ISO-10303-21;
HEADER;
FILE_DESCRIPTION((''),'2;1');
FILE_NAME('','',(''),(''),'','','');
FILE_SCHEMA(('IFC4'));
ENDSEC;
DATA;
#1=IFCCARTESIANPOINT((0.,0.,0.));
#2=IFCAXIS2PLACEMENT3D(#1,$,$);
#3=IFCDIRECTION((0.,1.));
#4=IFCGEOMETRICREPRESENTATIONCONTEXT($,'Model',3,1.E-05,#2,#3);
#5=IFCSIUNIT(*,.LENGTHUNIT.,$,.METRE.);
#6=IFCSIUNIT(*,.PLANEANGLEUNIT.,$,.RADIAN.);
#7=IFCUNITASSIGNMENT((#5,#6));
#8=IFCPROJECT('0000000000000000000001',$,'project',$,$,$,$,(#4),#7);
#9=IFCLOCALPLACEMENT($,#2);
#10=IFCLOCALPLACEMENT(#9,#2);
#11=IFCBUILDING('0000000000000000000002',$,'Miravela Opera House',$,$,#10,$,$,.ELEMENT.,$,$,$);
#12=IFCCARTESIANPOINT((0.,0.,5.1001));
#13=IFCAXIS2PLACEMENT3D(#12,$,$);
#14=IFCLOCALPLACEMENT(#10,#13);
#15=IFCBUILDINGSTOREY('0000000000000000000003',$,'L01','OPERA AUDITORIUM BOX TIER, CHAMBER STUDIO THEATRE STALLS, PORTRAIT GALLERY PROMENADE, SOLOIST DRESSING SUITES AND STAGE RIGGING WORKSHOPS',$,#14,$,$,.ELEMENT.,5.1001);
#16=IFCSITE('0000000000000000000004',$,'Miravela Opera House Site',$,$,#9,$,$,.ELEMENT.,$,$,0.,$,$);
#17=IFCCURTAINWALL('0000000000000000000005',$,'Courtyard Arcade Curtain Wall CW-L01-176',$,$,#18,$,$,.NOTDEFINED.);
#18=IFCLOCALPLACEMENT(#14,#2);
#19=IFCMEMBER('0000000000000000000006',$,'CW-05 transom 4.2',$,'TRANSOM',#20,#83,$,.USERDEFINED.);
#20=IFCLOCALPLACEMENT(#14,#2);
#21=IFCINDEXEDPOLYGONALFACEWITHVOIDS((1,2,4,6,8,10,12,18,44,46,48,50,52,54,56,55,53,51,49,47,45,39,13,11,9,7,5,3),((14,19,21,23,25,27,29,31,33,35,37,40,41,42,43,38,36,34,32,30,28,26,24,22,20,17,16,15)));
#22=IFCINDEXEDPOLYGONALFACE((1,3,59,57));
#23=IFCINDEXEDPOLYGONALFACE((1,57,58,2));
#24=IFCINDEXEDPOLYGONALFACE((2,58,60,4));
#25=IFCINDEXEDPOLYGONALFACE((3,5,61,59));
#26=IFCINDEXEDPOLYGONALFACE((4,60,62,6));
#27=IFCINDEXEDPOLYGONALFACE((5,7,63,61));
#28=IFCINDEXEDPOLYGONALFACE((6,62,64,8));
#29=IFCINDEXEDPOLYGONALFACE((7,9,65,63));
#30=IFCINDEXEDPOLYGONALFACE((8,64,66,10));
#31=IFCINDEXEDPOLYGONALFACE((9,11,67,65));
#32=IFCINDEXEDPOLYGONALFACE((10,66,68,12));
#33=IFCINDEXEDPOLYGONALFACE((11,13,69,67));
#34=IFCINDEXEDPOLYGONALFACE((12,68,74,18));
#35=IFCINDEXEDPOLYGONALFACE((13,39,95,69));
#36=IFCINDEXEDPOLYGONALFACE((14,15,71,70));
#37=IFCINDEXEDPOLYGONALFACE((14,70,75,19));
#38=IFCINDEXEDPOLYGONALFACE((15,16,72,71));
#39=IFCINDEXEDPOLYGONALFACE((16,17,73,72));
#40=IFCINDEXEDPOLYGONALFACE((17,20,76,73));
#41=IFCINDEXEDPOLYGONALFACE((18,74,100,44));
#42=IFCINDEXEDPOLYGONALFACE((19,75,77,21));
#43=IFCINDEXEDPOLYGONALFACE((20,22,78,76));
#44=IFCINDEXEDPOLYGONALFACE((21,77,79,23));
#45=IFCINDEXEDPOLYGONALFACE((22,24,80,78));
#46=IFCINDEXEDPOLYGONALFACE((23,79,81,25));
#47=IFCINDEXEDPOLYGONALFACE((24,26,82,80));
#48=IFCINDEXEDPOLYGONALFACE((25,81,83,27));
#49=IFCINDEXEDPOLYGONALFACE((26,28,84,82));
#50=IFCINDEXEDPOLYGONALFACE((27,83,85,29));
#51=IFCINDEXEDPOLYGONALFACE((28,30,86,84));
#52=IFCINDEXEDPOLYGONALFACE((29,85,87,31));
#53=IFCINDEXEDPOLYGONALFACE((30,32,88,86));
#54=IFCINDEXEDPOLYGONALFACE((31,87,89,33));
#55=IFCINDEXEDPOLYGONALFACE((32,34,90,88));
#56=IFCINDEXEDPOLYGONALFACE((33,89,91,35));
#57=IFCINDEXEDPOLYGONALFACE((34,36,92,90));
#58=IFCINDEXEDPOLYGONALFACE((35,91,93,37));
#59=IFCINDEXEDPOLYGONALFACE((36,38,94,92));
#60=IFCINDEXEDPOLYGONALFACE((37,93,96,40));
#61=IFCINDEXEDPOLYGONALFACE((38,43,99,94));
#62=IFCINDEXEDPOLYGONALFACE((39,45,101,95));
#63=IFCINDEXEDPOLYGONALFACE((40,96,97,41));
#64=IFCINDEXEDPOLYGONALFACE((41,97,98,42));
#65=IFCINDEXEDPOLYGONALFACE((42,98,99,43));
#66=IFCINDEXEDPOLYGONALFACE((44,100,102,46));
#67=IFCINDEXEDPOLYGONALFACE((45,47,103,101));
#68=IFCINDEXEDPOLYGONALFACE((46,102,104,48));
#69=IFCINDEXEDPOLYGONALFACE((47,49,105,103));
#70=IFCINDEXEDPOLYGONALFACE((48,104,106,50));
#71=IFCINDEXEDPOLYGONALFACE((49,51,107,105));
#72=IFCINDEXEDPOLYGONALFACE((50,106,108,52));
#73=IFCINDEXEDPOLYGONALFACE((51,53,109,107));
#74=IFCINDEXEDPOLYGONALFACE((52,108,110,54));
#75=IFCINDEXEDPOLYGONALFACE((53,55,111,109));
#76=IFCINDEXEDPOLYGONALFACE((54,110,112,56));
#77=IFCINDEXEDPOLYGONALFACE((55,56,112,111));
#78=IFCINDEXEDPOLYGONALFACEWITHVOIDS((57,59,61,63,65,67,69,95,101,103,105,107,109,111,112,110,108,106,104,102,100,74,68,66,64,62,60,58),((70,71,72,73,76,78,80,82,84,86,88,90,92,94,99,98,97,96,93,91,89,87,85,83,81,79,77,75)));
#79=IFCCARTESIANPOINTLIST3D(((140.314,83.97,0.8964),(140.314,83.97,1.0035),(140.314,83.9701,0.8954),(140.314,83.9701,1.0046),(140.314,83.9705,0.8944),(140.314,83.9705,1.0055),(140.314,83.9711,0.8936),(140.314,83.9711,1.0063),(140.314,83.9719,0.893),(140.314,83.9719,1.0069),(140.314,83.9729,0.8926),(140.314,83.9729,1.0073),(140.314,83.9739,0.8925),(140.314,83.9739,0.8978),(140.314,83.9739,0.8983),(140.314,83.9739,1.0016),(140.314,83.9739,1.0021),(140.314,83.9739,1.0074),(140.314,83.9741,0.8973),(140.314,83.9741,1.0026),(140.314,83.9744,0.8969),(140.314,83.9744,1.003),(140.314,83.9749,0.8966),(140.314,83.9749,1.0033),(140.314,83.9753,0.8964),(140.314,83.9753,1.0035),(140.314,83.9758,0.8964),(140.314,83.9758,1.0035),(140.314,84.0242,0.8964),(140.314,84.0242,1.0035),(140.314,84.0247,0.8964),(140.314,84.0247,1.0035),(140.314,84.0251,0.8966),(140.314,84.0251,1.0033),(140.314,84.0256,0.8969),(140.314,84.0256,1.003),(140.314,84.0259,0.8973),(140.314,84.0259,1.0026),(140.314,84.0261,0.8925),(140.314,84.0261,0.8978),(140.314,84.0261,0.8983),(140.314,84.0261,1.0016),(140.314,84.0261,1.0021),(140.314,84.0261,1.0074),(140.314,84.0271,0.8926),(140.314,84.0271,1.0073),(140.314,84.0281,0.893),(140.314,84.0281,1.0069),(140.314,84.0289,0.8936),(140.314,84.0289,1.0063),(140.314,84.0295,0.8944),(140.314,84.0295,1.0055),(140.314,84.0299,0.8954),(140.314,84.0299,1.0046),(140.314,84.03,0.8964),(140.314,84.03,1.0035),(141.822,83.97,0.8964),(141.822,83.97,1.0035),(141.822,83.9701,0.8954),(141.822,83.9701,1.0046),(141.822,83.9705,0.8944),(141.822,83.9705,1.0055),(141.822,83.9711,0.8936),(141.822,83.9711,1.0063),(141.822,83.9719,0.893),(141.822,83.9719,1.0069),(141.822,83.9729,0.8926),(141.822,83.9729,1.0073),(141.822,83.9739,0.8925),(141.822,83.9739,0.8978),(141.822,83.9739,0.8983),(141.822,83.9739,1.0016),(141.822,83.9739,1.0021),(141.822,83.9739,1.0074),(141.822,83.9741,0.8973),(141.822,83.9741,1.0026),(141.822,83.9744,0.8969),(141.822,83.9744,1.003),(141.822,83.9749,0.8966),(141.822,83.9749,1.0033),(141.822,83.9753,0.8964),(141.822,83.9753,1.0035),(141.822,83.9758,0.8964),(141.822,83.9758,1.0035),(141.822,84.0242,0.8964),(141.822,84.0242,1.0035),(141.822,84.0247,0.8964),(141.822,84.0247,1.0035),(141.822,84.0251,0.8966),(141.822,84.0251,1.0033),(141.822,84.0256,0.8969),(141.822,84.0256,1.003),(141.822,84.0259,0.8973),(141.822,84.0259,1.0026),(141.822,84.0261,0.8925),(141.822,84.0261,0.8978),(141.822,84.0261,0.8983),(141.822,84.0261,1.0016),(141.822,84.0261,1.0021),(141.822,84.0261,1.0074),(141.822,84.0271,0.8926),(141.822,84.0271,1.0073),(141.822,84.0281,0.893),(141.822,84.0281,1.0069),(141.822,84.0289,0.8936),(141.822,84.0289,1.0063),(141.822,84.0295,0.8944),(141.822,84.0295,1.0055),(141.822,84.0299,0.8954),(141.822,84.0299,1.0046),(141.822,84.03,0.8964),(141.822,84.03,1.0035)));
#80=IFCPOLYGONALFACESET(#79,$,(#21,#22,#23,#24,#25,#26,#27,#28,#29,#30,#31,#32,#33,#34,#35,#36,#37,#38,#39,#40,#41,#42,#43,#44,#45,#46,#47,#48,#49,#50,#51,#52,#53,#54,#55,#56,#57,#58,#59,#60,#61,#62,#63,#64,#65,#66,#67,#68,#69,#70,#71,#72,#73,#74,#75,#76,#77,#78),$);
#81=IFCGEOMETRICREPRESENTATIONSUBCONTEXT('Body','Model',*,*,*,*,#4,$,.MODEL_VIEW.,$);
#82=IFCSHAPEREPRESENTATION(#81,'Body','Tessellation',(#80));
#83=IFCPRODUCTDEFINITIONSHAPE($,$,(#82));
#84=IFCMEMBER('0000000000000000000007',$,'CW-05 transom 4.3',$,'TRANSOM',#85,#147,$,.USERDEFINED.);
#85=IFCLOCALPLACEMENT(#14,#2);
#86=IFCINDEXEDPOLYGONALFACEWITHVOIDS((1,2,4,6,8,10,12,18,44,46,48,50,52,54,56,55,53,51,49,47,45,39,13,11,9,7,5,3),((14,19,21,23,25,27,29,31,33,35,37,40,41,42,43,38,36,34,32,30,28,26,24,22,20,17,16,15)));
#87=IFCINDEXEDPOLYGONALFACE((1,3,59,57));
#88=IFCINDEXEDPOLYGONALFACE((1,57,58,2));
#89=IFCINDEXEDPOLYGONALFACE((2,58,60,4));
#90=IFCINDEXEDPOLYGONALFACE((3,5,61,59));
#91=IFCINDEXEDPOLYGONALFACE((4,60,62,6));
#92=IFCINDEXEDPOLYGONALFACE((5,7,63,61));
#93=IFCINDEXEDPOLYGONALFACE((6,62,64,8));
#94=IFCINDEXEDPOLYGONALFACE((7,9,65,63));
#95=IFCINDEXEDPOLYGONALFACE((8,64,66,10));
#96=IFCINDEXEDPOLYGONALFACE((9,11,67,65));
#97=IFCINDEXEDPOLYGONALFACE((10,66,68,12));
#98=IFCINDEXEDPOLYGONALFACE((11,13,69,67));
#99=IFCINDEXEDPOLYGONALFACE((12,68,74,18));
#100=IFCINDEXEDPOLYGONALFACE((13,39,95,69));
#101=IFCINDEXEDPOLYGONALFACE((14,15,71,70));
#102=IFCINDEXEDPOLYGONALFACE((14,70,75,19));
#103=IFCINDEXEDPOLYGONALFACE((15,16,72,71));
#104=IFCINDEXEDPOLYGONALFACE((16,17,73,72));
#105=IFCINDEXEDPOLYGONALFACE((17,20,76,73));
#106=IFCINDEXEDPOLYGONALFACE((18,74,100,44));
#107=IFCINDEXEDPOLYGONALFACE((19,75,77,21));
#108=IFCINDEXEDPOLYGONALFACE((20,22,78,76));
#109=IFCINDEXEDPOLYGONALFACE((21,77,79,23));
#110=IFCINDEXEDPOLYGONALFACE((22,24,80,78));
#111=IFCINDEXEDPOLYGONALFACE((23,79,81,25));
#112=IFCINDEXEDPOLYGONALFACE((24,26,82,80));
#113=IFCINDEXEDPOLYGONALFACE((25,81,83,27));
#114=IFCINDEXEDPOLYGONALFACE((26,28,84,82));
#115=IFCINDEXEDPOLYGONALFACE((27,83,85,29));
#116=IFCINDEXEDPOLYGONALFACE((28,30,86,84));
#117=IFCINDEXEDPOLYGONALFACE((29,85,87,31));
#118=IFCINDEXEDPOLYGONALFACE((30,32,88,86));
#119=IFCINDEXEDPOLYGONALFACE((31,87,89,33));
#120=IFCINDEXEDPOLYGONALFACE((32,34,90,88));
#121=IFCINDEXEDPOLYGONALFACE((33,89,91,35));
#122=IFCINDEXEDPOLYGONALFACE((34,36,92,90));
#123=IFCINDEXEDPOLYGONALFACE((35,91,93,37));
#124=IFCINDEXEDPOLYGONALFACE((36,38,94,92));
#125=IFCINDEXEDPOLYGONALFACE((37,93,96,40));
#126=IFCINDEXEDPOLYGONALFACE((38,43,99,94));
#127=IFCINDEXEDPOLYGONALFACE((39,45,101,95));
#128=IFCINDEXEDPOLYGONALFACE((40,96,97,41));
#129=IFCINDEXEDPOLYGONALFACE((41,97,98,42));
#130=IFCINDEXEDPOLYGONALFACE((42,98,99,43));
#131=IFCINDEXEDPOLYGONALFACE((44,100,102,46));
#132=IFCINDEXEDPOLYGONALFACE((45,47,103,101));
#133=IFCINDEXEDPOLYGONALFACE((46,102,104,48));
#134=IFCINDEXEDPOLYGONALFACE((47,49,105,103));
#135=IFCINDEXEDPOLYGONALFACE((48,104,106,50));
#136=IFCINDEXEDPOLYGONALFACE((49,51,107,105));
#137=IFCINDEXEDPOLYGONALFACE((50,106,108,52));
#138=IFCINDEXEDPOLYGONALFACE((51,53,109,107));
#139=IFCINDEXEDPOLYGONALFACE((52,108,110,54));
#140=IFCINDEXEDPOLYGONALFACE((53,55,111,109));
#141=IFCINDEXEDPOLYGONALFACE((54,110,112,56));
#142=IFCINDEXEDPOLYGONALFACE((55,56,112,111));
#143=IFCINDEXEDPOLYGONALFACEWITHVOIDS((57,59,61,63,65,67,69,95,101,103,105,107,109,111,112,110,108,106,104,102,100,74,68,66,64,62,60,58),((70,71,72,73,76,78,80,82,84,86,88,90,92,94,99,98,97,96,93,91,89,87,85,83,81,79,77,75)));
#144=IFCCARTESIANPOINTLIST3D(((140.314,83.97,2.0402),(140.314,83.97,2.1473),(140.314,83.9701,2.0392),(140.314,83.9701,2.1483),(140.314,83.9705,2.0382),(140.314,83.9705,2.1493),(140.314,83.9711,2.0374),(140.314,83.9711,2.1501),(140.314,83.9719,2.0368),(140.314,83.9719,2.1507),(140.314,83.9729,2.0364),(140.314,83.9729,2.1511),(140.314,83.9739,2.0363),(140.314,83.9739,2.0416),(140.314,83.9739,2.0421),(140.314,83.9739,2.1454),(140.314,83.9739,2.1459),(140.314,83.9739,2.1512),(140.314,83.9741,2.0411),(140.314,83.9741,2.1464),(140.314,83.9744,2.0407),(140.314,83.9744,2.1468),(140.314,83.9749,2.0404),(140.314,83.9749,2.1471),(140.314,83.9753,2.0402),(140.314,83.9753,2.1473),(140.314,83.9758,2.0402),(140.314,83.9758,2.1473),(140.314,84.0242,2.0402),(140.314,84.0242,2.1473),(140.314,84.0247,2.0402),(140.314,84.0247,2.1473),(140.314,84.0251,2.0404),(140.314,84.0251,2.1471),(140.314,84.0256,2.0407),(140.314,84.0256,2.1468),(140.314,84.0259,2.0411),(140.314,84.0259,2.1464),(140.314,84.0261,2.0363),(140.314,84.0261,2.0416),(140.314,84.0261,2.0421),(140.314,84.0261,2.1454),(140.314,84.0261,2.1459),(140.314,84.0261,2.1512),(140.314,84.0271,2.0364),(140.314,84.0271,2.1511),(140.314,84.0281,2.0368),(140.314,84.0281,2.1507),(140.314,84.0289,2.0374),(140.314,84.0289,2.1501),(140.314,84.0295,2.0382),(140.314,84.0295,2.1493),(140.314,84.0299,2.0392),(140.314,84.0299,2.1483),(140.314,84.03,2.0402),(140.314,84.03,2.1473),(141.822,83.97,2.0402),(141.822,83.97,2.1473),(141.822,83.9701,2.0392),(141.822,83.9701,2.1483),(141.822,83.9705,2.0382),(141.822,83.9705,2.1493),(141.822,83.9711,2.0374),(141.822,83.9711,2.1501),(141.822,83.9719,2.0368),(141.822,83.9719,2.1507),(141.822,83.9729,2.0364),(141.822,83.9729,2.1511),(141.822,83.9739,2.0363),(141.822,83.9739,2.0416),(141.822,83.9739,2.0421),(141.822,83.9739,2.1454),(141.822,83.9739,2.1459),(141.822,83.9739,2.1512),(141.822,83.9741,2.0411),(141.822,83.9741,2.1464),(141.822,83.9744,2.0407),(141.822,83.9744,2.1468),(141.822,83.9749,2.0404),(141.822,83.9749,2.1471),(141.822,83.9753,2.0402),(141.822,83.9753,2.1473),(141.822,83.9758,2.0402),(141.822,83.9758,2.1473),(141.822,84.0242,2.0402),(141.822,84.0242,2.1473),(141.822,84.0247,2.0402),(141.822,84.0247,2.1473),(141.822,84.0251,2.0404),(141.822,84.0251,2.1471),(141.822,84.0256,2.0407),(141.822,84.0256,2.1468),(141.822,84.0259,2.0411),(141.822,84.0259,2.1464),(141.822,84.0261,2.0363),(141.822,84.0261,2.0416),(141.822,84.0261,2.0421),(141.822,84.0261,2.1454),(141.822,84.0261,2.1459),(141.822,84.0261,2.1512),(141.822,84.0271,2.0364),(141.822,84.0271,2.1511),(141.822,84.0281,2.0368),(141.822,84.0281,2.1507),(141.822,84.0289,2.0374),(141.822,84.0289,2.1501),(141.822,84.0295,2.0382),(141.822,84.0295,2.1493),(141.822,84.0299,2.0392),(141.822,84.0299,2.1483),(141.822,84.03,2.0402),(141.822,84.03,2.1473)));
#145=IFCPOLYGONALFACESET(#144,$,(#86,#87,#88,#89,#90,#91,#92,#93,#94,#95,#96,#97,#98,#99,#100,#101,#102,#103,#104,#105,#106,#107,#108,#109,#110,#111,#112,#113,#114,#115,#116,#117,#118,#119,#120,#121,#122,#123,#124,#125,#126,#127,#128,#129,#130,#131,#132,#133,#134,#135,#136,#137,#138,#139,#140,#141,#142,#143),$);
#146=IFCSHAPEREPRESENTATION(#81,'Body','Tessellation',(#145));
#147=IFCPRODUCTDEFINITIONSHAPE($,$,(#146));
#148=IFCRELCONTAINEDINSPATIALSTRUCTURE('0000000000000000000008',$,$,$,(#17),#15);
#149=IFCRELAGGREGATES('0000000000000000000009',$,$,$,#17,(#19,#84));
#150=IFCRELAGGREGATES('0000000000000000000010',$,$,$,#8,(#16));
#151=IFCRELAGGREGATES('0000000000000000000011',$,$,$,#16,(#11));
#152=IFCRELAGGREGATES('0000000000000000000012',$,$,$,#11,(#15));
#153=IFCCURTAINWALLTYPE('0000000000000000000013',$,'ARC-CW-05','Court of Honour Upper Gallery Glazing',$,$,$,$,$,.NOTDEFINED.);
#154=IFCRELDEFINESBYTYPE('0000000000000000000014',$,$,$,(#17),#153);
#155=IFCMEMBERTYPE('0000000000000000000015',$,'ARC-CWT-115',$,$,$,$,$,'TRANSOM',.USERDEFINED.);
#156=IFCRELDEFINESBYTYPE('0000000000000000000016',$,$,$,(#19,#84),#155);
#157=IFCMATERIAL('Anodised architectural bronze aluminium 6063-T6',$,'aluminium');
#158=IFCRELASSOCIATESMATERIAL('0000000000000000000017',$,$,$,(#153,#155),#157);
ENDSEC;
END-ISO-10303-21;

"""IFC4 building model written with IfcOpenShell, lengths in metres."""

from ifc_helpers import new_model, si_unit, direction, frame, origin, origin_2d, place, context, subcontext, project, spatial, hollow_rectangle, extrude, material, material_profile, profile_set, type_object, element, aggregate, save


model = new_model("IFC4")

# Units and contexts
model_context = context("Model", 3, precision=1e-05, world=origin(), true_north=direction((0.0, 1.0)))
body_context = subcontext(model_context, "Body", "Model", "MODEL_VIEW")
ifc_project = project(units=[si_unit("LENGTHUNIT", "METRE"), si_unit("PLANEANGLEUNIT", "RADIAN")], contexts=[model_context])

# Site, building, storey
site_placement = place(None, origin())
site = spatial("IfcSite", under=ifc_project, at=site_placement, Name="Miravela Opera House Site", CompositionType="ELEMENT", RefElevation=0.0)
building_placement = place(site_placement, origin())
building = spatial("IfcBuilding", under=site, at=building_placement, Name="Miravela Opera House", CompositionType="ELEMENT")
storey_placement = place(building_placement, frame((0.0, 0.0, 5.1001)))
storey = spatial("IfcBuildingStorey", under=building, at=storey_placement, Name="L01", Description="OPERA AUDITORIUM BOX TIER, CHAMBER STUDIO THEATRE STALLS, PORTRAIT GALLERY PROMENADE, SOLOIST DRESSING SUITES AND STAGE RIGGING WORKSHOPS", CompositionType="ELEMENT", Elevation=5.1001)

# Curtain wall, members
ifc_material_1 = material(Name="Anodised architectural bronze aluminium 6063-T6", Category="aluminium")
curtain_wall_type = type_object("IfcCurtainWallType", Name="ARC-CW-05", Description="Court of Honour Upper Gallery Glazing", PredefinedType="NOTDEFINED", material=ifc_material_1)
curtain_wall_placement = place(storey_placement, origin())
curtain_wall = element("IfcCurtainWall", 1, at=curtain_wall_placement, inside=storey, type_object=curtain_wall_type, Name="Courtyard Arcade Curtain Wall CW-L01-176", PredefinedType="NOTDEFINED")
ifc_material_profile_1 = material_profile(ifc_material_1, hollow_rectangle(XDim=0.0601, YDim=0.115, WallThickness=0.0039, InnerFilletRadius=0.002, OuterFilletRadius=0.0039, at=origin_2d()), Name="CWT-60X115")
ifc_profile_set_1 = profile_set([ifc_material_profile_1])
member_type_1 = type_object("IfcMemberType", Name="ARC-CWT-115", ElementType="TRANSOM", PredefinedType="USERDEFINED", material=ifc_profile_set_1)
member_1_placement = place(storey_placement, frame((140.314, 84.0, 0.95), z_axis=(1.0, 0.0, 0.0), x_axis=(0.0, 1.0, 0.0)))
member_1 = element("IfcMember", 2, at=member_1_placement, type_object=member_type_1, Name="CW-05 transom 4.2", ObjectType="TRANSOM", PredefinedType="USERDEFINED", context=body_context, shape_type="SweptSolid", body=[
    extrude(hollow_rectangle(XDim=0.0601, YDim=0.115, WallThickness=0.0039, InnerFilletRadius=0.002, OuterFilletRadius=0.0039, at=origin_2d()), origin(), (0.0, 0.0, 1.0), 1.5081),
])
member_2_placement = place(storey_placement, frame((140.314, 84.0, 2.0938), z_axis=(1.0, 0.0, 0.0), x_axis=(0.0, 1.0, 0.0)))
member_2 = element("IfcMember", 3, at=member_2_placement, type_object=member_type_1, Name="CW-05 transom 4.3", ObjectType="TRANSOM", PredefinedType="USERDEFINED", context=body_context, shape_type="SweptSolid", body=[
    extrude(hollow_rectangle(XDim=0.0601, YDim=0.115, WallThickness=0.0039, InnerFilletRadius=0.002, OuterFilletRadius=0.0039, at=origin_2d()), origin(), (0.0, 0.0, 1.0), 1.5081),
])
aggregate(curtain_wall, [member_1, member_2])

save(model, "model.ifc")
